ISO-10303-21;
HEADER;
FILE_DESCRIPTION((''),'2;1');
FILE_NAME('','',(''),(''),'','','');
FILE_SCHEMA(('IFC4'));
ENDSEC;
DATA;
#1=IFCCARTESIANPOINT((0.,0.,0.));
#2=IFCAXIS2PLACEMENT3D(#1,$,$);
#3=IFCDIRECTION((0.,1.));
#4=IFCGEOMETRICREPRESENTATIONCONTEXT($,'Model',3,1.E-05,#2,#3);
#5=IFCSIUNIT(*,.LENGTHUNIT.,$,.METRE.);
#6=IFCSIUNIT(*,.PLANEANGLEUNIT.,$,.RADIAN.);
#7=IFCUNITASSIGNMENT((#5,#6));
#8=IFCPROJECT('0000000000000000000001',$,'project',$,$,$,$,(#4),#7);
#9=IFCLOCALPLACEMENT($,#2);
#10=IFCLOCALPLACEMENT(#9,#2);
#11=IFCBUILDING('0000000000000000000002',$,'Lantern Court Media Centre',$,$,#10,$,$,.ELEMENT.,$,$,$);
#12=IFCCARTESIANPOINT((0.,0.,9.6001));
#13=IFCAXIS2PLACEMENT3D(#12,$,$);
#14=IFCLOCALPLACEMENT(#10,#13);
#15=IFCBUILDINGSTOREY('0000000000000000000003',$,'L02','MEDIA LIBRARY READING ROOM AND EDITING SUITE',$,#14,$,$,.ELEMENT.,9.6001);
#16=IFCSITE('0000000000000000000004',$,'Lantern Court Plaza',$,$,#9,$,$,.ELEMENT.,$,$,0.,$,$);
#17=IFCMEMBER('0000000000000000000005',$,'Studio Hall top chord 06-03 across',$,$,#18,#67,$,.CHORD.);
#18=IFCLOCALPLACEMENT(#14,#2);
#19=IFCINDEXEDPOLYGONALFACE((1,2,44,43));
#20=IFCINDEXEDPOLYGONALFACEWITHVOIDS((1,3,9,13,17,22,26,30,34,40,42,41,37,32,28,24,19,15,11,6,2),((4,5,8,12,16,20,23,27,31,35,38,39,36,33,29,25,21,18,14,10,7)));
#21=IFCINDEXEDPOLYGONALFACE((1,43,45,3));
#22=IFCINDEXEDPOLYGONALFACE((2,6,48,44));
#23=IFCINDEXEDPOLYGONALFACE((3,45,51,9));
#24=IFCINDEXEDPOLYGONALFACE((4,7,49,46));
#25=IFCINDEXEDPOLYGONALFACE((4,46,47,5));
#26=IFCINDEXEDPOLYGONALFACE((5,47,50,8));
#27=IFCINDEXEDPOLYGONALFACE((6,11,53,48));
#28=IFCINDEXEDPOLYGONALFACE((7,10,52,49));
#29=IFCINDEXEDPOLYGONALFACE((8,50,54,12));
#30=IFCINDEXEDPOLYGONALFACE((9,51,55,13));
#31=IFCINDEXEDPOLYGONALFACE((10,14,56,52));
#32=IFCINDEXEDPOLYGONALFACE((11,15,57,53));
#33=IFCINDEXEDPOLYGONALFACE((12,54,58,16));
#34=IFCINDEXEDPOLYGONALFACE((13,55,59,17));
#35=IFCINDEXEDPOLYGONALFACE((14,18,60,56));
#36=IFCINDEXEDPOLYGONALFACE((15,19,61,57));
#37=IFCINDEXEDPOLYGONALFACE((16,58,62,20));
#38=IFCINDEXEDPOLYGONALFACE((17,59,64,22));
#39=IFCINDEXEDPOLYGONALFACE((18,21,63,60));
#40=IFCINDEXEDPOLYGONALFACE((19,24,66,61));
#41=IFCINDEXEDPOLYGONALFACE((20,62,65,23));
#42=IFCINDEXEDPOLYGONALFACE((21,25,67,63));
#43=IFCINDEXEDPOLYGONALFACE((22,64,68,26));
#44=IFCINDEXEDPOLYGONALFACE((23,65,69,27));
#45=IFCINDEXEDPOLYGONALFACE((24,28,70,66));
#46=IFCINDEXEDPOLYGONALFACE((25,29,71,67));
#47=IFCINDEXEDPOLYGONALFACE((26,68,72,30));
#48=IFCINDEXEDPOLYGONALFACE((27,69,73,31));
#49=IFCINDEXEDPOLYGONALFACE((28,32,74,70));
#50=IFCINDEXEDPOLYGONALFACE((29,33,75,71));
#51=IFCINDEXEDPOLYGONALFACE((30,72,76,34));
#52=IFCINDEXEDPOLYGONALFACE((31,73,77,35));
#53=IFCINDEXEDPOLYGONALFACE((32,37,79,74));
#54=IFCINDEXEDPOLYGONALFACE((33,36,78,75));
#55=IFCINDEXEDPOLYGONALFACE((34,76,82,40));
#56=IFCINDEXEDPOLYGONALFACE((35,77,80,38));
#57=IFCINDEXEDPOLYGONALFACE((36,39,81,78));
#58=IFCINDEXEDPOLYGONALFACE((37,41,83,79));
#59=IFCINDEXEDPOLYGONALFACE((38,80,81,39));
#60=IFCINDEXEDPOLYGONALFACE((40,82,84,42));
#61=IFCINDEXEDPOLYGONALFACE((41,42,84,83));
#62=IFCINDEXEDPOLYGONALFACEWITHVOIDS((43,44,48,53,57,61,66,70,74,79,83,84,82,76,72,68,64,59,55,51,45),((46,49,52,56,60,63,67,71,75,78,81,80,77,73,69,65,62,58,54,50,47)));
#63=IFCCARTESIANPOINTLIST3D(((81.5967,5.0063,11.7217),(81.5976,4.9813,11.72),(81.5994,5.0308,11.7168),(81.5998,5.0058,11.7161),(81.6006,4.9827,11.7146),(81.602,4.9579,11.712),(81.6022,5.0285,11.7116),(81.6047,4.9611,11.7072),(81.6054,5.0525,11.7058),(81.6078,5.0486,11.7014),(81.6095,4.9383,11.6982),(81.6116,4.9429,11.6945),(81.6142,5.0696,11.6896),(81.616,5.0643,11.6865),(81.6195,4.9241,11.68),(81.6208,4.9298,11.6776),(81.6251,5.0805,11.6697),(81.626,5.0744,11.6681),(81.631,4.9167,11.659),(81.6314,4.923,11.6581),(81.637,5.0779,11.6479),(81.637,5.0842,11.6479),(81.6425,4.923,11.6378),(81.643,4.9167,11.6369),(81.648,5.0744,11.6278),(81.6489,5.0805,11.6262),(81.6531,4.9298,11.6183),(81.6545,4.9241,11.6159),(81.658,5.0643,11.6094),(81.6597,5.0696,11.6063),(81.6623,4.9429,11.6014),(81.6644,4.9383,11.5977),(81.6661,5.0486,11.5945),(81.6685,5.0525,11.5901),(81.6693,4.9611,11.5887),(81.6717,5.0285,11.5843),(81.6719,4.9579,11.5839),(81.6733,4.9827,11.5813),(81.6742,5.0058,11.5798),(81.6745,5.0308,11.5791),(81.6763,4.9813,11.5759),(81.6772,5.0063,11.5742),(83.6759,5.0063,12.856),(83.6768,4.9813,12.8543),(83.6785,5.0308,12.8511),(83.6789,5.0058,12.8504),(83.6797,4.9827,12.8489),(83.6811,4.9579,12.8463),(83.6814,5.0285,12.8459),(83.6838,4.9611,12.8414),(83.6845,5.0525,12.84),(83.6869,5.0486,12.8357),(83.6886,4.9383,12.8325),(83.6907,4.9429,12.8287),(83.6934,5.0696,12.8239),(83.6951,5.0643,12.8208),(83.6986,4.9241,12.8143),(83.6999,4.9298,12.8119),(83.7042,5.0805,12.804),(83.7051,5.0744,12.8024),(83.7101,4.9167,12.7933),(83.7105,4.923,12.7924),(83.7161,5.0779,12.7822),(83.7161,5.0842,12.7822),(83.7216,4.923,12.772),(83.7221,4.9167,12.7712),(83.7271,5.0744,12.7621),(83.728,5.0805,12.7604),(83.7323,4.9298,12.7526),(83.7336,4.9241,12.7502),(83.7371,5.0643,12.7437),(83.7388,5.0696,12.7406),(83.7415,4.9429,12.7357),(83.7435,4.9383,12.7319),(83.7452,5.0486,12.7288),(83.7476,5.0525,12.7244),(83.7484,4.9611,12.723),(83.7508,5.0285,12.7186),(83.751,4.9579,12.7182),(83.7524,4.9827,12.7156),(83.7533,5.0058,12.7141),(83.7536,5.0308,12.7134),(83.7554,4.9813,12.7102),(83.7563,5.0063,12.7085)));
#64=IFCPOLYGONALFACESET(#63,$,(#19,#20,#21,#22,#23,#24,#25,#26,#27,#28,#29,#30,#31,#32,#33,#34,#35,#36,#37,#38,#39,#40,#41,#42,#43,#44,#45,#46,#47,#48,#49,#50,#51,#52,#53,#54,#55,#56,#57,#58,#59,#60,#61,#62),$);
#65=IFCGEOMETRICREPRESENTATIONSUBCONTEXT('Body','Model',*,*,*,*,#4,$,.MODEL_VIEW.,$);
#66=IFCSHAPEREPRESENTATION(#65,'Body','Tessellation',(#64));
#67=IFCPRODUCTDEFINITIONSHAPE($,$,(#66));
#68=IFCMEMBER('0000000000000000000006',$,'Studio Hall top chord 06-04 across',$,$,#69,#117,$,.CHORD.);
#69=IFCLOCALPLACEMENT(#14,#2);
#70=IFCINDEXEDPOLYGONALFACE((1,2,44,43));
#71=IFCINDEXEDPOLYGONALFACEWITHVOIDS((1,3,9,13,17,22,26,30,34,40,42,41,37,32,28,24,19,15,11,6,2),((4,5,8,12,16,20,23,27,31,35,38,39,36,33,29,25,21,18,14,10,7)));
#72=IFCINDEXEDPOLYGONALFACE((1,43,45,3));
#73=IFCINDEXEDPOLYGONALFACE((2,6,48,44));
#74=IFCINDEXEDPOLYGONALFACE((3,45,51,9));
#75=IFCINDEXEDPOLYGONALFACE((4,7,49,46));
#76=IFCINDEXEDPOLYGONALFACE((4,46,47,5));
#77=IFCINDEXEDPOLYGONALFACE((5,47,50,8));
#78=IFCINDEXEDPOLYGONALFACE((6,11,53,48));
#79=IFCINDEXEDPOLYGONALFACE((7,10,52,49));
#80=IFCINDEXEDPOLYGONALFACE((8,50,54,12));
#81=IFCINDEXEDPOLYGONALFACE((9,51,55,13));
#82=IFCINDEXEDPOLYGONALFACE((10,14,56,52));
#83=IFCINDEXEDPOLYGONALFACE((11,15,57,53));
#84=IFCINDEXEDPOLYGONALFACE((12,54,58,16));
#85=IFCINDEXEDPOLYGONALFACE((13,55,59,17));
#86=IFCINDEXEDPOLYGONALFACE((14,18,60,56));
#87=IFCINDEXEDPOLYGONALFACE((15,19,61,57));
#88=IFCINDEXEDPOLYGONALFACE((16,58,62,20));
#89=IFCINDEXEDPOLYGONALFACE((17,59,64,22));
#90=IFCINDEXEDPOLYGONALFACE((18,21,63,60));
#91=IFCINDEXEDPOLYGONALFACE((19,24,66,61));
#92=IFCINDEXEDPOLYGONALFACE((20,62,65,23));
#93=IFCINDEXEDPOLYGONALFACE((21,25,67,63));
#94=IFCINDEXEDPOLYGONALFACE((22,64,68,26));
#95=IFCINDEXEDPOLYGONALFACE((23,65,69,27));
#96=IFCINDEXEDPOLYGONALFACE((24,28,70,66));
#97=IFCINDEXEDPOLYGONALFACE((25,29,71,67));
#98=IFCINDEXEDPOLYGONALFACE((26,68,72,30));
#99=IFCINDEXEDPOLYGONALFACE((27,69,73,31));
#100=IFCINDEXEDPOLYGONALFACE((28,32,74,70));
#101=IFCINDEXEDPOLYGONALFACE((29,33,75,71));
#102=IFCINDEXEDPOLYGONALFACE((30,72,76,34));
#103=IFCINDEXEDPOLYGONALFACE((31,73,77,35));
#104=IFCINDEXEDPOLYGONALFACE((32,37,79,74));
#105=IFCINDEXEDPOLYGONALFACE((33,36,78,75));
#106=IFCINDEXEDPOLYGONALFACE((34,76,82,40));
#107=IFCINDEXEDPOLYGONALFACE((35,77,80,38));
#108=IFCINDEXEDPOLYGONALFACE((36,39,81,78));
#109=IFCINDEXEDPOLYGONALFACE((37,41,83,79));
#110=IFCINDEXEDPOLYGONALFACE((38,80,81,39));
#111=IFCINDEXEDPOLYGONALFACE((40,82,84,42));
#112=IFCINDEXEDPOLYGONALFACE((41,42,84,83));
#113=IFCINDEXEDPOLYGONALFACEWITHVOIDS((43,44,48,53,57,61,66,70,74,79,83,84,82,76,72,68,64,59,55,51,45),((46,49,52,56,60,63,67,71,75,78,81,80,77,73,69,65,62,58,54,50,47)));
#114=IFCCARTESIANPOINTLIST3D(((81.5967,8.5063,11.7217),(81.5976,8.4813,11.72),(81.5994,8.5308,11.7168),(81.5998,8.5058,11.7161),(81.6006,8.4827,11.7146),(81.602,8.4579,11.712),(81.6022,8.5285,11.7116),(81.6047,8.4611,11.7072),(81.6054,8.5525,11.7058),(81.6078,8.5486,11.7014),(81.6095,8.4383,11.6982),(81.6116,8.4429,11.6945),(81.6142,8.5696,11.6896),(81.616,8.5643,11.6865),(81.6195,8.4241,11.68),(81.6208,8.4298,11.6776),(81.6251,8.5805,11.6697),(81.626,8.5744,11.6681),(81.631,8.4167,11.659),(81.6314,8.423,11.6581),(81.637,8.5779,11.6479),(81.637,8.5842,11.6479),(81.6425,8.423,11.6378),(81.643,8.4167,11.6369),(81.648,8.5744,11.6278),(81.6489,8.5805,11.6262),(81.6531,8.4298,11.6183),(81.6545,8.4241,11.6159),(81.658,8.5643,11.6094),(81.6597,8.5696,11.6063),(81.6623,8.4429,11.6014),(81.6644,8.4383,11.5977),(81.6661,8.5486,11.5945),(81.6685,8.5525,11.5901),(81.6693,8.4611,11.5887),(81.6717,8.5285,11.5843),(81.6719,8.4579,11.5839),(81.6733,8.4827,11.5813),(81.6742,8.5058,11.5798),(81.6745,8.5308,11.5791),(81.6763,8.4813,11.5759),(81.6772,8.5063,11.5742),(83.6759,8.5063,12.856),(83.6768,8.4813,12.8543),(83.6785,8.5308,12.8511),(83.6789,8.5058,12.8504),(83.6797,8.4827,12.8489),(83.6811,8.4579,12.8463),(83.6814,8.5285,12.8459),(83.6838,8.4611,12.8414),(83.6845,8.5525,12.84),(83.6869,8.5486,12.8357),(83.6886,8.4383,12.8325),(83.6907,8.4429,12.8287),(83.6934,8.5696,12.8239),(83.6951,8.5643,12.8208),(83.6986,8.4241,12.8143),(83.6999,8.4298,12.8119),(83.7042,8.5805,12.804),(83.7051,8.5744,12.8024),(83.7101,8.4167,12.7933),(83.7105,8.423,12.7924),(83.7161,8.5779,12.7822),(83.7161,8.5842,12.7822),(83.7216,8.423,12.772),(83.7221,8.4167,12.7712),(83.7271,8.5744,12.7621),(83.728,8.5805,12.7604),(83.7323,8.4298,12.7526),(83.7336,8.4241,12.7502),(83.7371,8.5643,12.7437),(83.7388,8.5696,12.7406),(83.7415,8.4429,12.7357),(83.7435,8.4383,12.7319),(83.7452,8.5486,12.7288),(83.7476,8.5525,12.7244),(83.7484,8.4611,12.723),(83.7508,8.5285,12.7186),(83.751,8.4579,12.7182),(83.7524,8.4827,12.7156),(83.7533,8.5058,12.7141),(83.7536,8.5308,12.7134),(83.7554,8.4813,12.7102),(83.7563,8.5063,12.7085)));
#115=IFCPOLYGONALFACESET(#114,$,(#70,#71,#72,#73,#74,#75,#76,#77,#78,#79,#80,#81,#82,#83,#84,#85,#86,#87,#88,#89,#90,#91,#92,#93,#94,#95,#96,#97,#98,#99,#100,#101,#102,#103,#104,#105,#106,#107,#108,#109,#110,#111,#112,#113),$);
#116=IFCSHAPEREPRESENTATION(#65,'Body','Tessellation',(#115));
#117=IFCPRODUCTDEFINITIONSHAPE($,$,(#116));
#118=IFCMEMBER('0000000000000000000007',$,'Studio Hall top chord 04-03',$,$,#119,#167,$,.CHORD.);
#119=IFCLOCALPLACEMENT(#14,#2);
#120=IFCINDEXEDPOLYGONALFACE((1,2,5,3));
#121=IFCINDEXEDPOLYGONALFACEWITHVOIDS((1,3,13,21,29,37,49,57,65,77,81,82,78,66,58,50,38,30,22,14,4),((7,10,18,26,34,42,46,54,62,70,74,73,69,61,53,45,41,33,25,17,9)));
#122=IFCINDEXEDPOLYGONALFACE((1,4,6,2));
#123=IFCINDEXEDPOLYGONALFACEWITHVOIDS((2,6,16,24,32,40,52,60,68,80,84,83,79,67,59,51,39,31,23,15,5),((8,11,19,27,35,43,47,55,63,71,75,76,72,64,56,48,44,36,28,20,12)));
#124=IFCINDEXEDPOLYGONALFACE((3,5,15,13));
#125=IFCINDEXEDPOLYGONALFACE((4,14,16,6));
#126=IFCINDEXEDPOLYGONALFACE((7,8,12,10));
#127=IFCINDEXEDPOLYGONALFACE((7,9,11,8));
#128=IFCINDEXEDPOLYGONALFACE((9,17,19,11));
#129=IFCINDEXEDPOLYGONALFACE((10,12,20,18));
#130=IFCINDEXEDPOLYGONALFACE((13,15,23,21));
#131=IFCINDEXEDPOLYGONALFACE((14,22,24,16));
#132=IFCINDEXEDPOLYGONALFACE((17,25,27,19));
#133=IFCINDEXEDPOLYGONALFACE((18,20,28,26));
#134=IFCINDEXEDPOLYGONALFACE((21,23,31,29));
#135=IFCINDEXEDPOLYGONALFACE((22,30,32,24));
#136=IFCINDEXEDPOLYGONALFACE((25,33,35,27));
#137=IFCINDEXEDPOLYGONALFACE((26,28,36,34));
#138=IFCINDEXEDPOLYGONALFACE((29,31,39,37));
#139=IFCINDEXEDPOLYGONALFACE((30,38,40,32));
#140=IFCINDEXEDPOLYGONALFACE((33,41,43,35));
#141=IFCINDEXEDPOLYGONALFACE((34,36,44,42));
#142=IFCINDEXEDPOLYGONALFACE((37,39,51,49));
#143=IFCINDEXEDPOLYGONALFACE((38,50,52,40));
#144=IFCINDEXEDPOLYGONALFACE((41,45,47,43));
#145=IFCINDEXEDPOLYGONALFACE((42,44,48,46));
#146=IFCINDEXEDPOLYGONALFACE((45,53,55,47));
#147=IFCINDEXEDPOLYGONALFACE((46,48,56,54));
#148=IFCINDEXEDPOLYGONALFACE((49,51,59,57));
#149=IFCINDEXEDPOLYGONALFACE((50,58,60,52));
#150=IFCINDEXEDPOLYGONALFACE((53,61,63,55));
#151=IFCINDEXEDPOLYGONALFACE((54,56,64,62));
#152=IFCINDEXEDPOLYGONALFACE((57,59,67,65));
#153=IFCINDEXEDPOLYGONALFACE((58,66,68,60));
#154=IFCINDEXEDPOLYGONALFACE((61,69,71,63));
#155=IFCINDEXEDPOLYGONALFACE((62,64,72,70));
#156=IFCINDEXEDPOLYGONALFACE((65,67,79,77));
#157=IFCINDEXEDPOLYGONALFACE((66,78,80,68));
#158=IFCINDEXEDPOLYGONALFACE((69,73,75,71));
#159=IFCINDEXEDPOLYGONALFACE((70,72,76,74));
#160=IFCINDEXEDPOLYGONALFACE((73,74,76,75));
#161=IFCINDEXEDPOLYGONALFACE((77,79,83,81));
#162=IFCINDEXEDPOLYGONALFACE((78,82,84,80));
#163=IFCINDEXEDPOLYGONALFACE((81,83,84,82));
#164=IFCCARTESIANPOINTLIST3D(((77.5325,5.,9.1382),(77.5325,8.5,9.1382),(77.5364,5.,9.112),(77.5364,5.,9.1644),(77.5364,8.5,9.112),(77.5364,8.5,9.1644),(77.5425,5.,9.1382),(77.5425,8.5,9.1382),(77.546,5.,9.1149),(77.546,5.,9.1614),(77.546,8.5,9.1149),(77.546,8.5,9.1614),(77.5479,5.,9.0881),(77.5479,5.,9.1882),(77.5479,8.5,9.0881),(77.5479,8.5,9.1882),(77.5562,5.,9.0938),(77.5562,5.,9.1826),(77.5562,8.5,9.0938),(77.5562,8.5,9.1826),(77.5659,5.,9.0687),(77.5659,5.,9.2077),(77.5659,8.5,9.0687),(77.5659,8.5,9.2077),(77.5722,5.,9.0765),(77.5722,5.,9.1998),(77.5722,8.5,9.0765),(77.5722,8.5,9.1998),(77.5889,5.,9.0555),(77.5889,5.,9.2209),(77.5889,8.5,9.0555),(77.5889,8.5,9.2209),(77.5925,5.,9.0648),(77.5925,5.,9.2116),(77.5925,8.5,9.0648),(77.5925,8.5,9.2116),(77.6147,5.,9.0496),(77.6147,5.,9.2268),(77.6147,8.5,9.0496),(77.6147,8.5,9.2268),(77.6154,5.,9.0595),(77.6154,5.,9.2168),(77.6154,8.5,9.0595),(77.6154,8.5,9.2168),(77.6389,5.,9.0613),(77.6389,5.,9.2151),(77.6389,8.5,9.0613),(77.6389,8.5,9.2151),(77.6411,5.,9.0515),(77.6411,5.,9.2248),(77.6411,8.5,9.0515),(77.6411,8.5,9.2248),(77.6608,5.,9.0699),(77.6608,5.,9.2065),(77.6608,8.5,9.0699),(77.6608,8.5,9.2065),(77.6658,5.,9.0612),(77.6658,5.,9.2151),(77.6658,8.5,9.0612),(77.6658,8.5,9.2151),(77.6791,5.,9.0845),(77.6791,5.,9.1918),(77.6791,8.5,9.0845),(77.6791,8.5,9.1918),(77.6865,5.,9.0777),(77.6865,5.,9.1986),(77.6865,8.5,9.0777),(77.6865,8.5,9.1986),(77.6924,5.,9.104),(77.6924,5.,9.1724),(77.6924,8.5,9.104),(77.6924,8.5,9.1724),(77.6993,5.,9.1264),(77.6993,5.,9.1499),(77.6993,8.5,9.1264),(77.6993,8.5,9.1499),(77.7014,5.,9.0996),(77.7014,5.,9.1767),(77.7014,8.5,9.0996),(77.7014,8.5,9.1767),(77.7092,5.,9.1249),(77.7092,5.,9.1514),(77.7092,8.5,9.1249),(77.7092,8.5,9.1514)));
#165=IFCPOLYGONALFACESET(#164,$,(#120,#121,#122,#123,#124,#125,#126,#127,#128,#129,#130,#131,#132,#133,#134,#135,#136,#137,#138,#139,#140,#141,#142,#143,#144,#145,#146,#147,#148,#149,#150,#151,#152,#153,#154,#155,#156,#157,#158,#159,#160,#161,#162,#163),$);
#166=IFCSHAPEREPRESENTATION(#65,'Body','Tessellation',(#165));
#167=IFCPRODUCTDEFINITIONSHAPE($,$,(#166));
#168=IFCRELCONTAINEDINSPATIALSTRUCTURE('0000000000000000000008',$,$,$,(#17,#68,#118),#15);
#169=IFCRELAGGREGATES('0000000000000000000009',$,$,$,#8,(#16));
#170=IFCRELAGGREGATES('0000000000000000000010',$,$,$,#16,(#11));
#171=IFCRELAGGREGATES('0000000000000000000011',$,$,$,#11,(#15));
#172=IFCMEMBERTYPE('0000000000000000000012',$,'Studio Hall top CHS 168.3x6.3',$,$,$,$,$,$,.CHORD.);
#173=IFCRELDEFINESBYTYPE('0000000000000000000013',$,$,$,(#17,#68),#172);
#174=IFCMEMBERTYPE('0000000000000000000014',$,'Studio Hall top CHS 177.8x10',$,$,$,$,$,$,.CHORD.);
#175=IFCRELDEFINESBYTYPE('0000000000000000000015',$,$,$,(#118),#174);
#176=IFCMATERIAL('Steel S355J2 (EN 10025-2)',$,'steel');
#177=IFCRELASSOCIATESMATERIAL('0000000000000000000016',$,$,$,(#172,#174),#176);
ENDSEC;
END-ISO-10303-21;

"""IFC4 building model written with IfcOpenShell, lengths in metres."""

from ifc_helpers import new_model, si_unit, direction, frame, origin, origin_2d, place, context, subcontext, project, spatial, hollow_circle, extrude, material, material_profile, profile_set, type_object, element, save


model = new_model("IFC4")

# Units and contexts
model_context = context("Model", 3, precision=1e-05, world=origin(), true_north=direction((0.0, 1.0)))
body_context = subcontext(model_context, "Body", "Model", "MODEL_VIEW")
ifc_project = project(units=[si_unit("LENGTHUNIT", "METRE"), si_unit("PLANEANGLEUNIT", "RADIAN")], contexts=[model_context])

# Site, building, storey
site_placement = place(None, origin())
site = spatial("IfcSite", under=ifc_project, at=site_placement, Name="Lantern Court Plaza", CompositionType="ELEMENT", RefElevation=0.0)
building_placement = place(site_placement, origin())
building = spatial("IfcBuilding", under=site, at=building_placement, Name="Lantern Court Media Centre", CompositionType="ELEMENT")
storey_placement = place(building_placement, frame((0.0, 0.0, 9.6001)))
storey = spatial("IfcBuildingStorey", under=building, at=storey_placement, Name="L02", Description="MEDIA LIBRARY READING ROOM AND EDITING SUITE", CompositionType="ELEMENT", Elevation=9.6001)

# Members
ifc_material = material(Name="Steel S355J2 (EN 10025-2)", Category="steel")
ifc_material_profile_1 = material_profile(ifc_material, hollow_circle(Radius=0.0842, WallThickness=0.0063, at=origin_2d()), Name="Studio Hall top CHS 168.3x6.3")
ifc_profile_set_1 = profile_set([ifc_material_profile_1], Name="Steel S355J2 (EN 10025-2)")
member_type_1 = type_object("IfcMemberType", Name="Studio Hall top CHS 168.3x6.3", PredefinedType="CHORD", material=ifc_profile_set_1)
for number, where, z_axis, x_axis, name in (
    (1, (81.637, 5.0, 11.6479), (0.877856, 0.0, 0.478924), (0.0, 1.0, 0.0), "Studio Hall top chord 06-03 across"),
    (2, (81.637, 8.5, 11.6479), (0.877856, 0.0, 0.478924), (0.0, 1.0, 0.0), "Studio Hall top chord 06-04 across"),
):
    element("IfcMember", number, at=place(storey_placement, frame(where, z_axis=z_axis, x_axis=x_axis)), inside=storey, type_object=member_type_1, Name=name, PredefinedType="CHORD", context=body_context, shape_type="SweptSolid", body=[
        extrude(hollow_circle(Radius=0.0842, WallThickness=0.0063, at=origin_2d()), origin(), (0.0, 0.0, 1.0), 2.3684),
    ])
ifc_material_profile_2 = material_profile(ifc_material, hollow_circle(Radius=0.0889, WallThickness=0.01, at=origin_2d()), Name="Studio Hall top CHS 177.8x10")
ifc_profile_set_2 = profile_set([ifc_material_profile_2], Name="Steel S355J2 (EN 10025-2)")
member_type_2 = type_object("IfcMemberType", Name="Studio Hall top CHS 177.8x10", PredefinedType="CHORD", material=ifc_profile_set_2)
for number, where, z_axis, x_axis, name in (
    (3, (77.6213, 5.0, 9.1382), (0.0, 1.0, 0.0), (-1.0, 0.0, 0.0), "Studio Hall top chord 04-03"),
):
    element("IfcMember", number, at=place(storey_placement, frame(where, z_axis=z_axis, x_axis=x_axis)), inside=storey, type_object=member_type_2, Name=name, PredefinedType="CHORD", context=body_context, shape_type="SweptSolid", body=[
        extrude(hollow_circle(Radius=0.0889, WallThickness=0.01, at=origin_2d()), origin(), (0.0, 0.0, 1.0), 3.5),
    ])

save(model, "model.ifc")
